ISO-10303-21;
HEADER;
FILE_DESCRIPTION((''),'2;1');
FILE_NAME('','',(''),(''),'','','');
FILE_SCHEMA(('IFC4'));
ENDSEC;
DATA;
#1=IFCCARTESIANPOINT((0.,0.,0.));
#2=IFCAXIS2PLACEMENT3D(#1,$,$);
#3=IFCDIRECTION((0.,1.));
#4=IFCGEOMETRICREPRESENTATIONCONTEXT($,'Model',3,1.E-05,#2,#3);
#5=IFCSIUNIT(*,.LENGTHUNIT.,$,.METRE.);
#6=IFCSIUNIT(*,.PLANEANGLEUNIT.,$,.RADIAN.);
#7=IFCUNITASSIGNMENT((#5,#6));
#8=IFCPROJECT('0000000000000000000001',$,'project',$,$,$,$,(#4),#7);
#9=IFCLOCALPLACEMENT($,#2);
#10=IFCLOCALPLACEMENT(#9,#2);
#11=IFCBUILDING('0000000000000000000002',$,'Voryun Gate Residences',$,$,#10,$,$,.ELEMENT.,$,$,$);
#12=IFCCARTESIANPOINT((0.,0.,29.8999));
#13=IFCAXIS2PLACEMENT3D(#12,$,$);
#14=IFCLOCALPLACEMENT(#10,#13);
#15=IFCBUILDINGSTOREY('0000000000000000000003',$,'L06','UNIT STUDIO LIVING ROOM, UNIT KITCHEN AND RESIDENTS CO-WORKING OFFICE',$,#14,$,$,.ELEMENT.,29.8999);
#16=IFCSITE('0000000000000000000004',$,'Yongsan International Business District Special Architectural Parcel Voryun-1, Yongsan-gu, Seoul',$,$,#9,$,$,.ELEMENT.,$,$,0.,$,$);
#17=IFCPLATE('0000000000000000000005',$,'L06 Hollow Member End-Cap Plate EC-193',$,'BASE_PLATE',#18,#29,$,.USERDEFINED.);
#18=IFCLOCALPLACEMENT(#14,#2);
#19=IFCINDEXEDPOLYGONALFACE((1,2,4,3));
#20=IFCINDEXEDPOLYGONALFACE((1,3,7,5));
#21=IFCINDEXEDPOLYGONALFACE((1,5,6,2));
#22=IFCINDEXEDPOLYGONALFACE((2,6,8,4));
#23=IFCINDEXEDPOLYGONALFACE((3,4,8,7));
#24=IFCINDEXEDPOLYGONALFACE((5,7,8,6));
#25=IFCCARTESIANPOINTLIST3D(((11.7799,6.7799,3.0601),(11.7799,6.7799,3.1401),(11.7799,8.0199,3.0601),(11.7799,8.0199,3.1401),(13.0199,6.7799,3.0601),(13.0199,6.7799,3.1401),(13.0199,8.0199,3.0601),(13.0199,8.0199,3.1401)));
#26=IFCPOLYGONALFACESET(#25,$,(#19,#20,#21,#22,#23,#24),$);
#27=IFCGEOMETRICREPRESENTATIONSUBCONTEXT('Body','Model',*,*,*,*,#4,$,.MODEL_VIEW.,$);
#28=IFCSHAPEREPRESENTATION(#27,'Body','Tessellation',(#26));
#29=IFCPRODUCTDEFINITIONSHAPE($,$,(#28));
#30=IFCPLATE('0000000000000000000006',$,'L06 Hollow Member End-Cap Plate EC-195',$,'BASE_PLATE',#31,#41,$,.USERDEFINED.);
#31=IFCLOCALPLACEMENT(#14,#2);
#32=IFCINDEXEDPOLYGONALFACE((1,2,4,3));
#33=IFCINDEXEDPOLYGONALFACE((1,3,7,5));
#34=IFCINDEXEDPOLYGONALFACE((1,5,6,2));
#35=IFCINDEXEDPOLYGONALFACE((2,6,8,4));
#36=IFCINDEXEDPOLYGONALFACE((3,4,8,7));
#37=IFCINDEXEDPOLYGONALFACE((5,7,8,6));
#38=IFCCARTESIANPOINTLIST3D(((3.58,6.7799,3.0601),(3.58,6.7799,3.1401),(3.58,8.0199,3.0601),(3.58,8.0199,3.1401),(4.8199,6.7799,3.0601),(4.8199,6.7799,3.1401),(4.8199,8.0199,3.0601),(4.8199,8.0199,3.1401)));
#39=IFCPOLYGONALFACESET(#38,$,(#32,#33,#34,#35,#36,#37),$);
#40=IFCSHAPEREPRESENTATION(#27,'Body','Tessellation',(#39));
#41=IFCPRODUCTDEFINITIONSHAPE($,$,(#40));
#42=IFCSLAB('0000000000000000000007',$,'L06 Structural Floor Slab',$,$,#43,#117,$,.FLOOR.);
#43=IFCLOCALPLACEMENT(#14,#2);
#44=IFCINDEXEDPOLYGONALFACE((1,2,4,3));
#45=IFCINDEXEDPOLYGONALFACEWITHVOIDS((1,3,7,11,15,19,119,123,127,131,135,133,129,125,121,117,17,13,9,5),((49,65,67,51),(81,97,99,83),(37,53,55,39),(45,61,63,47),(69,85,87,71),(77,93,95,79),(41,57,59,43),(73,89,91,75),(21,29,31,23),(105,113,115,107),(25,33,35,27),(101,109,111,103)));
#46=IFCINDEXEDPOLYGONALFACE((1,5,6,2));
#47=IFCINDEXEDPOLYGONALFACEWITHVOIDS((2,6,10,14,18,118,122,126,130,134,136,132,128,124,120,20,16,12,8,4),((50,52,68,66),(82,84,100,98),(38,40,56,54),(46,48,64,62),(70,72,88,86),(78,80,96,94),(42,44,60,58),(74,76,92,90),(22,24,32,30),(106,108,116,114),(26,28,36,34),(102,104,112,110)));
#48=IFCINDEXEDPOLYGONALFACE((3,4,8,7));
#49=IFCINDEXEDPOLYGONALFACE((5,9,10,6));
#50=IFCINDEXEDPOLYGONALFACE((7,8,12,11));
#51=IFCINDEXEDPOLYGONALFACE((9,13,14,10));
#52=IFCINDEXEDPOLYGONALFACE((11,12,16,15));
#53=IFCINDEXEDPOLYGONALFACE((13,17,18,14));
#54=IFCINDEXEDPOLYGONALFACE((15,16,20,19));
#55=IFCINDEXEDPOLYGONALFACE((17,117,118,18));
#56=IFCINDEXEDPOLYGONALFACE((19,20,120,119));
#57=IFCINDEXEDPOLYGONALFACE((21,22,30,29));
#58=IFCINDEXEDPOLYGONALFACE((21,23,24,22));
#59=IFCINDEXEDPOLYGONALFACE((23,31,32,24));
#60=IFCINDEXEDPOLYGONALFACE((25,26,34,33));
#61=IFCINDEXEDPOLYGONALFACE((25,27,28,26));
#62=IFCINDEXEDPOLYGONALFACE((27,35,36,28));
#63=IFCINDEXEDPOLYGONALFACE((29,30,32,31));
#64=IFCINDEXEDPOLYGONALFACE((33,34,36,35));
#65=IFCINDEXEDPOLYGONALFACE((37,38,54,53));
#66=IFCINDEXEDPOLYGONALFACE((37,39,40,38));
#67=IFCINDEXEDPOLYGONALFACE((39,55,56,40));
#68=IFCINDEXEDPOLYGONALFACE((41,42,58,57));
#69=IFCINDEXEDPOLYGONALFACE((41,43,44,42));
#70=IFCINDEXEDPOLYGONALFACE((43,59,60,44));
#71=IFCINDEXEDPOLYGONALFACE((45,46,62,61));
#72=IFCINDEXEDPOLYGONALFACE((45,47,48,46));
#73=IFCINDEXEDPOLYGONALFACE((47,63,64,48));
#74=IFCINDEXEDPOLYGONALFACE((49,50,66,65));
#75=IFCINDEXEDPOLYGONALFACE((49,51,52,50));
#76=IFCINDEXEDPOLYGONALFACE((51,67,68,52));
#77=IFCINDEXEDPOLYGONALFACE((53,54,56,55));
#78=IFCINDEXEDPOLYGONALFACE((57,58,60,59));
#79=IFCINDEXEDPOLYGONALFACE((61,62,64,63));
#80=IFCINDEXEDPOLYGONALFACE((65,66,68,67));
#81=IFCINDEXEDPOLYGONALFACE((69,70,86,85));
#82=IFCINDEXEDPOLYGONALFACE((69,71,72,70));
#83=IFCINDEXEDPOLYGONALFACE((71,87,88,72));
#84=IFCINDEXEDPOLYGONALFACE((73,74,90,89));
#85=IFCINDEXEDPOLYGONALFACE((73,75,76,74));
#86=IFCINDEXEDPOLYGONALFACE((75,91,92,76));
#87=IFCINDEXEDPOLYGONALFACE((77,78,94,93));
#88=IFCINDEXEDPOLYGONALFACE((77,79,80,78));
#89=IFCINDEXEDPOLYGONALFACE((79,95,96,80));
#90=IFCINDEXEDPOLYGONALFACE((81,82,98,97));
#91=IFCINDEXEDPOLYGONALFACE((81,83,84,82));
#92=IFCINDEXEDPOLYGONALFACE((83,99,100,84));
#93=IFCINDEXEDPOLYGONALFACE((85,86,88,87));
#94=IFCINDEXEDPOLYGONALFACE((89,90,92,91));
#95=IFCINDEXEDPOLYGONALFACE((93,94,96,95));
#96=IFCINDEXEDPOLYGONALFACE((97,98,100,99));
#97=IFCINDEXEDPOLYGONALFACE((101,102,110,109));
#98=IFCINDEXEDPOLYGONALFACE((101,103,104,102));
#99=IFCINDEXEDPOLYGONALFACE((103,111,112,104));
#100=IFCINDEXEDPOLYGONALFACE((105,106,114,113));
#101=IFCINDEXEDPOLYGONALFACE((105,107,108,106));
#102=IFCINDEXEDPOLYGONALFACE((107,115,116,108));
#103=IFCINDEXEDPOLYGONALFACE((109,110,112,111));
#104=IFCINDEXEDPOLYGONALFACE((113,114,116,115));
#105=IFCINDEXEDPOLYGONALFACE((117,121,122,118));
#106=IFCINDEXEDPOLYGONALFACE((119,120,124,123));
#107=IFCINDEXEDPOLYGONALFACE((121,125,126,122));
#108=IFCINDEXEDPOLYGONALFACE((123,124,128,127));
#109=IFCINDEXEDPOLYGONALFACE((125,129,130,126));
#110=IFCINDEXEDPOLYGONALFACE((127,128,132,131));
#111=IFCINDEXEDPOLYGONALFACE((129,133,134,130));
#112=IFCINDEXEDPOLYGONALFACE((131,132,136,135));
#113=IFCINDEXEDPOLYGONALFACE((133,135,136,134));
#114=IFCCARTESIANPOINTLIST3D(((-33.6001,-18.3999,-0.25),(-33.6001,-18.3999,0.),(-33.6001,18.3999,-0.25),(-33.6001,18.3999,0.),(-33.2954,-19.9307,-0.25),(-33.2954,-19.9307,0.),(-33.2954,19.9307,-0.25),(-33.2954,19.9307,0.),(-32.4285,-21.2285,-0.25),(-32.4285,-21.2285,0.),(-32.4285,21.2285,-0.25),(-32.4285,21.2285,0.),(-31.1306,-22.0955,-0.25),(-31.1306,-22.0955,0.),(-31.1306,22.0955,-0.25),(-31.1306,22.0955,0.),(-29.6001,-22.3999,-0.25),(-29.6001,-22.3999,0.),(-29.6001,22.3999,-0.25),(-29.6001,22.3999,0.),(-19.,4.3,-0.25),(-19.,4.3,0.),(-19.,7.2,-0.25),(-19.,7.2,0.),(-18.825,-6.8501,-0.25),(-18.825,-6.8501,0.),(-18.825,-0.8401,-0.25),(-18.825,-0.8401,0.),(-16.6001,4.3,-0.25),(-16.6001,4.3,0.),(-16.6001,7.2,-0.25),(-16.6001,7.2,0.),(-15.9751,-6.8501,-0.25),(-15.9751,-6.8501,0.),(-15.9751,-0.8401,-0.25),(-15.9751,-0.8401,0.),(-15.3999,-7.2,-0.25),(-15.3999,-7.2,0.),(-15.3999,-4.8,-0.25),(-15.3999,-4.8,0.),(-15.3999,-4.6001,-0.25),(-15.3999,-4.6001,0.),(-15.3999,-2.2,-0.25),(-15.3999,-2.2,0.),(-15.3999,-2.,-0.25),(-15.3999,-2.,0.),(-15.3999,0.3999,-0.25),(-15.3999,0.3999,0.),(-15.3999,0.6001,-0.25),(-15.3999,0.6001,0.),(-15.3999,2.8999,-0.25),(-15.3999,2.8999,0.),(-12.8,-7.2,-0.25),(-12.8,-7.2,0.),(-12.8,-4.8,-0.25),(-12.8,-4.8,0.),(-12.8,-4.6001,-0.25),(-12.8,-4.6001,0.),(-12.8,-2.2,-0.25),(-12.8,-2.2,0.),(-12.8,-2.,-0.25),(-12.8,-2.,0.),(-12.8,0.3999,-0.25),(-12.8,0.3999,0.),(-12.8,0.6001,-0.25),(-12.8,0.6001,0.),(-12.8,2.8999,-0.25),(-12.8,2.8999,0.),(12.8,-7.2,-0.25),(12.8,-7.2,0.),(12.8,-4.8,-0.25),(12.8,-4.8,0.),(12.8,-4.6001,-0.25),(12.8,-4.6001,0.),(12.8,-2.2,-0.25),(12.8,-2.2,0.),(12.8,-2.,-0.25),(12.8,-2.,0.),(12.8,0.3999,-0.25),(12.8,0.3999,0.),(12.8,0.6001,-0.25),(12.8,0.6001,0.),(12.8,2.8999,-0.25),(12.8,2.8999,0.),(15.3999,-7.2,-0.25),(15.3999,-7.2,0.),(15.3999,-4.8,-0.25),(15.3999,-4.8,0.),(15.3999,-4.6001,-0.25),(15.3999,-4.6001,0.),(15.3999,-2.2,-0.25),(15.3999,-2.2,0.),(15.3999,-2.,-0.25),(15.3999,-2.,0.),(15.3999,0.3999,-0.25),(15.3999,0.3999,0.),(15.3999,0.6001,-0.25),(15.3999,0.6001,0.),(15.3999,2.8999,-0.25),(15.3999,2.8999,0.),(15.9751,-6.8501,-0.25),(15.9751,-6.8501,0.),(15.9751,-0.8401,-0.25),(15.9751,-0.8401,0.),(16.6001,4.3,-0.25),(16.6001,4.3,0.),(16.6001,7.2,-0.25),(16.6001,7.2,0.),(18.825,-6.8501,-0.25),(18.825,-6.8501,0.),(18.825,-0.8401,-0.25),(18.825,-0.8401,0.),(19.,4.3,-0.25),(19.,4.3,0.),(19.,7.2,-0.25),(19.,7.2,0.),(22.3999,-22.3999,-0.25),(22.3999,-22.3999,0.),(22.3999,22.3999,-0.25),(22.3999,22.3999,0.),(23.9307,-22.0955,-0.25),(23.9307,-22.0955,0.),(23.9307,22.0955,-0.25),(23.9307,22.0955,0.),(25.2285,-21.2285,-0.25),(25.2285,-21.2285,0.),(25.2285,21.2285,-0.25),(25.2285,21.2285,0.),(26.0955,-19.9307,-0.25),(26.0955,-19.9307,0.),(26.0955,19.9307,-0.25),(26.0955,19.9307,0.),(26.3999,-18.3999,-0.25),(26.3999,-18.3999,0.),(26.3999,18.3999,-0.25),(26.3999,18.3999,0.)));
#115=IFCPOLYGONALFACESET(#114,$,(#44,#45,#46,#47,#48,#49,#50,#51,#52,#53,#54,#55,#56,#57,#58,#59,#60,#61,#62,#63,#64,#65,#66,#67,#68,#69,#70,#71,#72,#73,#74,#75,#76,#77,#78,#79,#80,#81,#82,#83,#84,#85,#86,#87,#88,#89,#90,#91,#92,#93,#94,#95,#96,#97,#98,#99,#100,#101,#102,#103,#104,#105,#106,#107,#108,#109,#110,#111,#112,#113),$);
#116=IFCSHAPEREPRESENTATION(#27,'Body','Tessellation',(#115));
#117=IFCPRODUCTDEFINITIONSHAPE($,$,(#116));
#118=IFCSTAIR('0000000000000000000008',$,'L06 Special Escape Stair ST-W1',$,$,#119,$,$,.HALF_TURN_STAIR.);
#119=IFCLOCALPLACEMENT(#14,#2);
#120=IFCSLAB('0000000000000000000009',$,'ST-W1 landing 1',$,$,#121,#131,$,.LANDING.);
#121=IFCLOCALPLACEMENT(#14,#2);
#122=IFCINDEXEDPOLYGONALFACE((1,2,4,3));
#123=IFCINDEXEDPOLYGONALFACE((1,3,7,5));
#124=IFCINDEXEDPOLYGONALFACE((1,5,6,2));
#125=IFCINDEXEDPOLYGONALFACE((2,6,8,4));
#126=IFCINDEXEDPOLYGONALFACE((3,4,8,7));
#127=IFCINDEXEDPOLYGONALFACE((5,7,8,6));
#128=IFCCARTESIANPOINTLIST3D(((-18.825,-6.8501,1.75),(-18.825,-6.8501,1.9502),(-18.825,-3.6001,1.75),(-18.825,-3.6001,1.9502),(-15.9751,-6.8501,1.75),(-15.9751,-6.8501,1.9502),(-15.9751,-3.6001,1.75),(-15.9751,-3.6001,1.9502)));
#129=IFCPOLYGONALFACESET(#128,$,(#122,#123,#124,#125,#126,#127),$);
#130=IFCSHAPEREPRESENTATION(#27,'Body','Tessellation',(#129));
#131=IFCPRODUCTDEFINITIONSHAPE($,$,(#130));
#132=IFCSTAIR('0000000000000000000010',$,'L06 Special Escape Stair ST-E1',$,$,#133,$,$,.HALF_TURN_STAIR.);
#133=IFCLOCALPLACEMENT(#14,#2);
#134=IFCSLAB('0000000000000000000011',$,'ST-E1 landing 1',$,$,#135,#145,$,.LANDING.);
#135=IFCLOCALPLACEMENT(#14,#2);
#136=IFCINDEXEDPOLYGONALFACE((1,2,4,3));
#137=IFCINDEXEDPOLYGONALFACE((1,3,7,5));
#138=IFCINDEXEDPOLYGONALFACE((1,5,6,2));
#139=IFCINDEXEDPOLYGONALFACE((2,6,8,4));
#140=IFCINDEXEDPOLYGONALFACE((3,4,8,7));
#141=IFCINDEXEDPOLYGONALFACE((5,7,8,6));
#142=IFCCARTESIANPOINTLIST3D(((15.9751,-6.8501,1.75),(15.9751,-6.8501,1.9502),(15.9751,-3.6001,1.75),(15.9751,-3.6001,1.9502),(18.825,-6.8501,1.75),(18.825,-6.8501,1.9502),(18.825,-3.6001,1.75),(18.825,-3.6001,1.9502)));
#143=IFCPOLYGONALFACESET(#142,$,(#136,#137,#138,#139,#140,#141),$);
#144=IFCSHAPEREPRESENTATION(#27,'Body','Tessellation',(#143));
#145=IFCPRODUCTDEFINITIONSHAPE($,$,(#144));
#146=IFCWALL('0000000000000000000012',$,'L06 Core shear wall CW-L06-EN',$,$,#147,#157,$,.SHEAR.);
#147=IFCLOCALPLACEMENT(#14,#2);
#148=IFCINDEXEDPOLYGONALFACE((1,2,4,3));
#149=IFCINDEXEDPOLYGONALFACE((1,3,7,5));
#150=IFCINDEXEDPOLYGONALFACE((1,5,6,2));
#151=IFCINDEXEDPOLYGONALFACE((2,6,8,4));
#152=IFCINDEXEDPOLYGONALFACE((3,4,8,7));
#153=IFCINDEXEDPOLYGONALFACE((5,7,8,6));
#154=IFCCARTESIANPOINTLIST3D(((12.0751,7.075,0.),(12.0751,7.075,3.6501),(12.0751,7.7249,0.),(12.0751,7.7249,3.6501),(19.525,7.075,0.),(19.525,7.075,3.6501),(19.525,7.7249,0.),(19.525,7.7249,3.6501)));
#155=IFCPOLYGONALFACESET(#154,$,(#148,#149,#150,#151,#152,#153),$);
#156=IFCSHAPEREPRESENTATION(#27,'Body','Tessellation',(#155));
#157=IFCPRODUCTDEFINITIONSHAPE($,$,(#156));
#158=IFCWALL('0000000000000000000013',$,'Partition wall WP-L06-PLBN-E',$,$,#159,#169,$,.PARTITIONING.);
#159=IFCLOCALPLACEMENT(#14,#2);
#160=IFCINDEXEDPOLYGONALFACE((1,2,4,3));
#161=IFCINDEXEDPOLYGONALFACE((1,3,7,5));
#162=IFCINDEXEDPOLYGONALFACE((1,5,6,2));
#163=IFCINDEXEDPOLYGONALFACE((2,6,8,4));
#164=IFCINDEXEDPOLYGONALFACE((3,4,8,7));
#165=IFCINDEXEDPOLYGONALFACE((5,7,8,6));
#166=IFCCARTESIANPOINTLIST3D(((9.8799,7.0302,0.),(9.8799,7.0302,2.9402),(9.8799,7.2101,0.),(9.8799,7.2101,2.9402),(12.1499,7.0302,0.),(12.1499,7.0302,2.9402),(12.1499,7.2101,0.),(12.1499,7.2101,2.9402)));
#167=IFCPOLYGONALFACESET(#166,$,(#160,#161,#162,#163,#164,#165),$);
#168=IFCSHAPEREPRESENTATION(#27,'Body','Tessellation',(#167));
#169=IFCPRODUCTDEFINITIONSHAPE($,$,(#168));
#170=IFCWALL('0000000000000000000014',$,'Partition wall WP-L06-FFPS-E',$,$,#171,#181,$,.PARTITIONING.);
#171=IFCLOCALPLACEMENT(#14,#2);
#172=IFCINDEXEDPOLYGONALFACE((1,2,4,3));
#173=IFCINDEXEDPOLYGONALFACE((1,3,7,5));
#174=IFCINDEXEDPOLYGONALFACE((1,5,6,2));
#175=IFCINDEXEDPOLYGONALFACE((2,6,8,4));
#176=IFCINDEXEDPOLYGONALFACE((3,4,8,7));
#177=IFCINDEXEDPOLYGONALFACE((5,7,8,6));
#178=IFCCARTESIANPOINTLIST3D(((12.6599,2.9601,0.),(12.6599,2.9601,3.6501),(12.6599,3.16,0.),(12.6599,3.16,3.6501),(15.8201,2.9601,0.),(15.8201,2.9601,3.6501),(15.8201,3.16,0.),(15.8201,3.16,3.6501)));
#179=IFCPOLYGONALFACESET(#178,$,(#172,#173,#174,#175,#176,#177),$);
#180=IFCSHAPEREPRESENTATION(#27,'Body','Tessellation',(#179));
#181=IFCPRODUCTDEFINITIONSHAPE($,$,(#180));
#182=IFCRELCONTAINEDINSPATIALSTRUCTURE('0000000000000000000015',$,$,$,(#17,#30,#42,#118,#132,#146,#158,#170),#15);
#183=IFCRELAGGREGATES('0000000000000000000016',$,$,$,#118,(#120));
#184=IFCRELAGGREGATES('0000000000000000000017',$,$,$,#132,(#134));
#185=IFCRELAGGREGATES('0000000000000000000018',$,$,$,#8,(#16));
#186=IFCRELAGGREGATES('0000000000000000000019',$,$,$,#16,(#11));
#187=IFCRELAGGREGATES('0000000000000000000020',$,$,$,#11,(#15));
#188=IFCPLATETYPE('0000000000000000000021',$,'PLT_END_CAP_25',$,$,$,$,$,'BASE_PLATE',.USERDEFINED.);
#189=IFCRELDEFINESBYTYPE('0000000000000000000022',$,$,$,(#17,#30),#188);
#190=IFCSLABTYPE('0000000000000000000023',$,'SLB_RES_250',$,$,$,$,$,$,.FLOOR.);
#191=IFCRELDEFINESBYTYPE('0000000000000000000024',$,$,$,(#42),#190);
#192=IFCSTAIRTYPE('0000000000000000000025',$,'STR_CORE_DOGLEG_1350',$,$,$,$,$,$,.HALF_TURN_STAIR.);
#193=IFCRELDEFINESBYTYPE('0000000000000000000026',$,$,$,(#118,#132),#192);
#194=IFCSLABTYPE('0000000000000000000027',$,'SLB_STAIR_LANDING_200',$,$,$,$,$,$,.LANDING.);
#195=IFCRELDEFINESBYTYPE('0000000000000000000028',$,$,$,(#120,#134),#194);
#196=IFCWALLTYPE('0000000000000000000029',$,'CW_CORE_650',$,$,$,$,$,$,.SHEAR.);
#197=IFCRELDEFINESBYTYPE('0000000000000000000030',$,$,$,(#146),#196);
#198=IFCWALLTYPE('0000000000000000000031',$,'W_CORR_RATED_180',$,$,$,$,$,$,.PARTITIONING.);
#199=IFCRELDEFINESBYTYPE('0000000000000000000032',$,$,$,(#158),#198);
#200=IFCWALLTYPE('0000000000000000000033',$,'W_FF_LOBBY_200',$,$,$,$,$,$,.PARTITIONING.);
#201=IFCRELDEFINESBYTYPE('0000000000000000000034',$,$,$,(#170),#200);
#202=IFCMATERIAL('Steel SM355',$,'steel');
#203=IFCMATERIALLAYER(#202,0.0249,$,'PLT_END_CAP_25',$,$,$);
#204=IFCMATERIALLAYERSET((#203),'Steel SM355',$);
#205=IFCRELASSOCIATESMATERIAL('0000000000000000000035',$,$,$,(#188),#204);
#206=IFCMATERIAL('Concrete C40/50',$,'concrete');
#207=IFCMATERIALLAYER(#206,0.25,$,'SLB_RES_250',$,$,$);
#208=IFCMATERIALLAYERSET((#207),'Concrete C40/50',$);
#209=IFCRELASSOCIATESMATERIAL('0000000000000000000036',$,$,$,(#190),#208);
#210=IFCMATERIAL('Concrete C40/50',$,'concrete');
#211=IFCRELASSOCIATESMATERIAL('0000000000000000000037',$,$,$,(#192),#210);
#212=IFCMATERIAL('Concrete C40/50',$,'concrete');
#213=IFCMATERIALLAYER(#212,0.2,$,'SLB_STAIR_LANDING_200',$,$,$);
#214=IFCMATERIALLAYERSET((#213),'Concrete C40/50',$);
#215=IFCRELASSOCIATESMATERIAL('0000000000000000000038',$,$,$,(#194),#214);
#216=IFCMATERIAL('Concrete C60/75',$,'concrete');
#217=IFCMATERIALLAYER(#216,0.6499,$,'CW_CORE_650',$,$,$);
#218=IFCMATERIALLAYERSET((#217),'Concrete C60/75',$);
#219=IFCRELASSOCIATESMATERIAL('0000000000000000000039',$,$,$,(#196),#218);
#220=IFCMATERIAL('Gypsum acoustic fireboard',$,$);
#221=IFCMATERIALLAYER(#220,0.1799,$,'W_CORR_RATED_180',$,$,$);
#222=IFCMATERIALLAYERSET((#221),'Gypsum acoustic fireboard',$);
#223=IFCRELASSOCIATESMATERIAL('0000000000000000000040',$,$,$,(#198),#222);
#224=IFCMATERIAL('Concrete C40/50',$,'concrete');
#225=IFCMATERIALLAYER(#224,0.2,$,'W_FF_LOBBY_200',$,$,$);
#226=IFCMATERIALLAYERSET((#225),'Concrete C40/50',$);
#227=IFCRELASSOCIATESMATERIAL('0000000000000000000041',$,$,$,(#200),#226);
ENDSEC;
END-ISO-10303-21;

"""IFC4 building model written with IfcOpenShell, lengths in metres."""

from ifc_helpers import new_model, si_unit, direction, frame, frame_2d, origin, origin_2d, place, context, subcontext, project, spatial, polyline, rectangle, outline, extrude, material, layer, layer_set, type_object, element, aggregate, save


model = new_model("IFC4")

# Units and contexts
model_context = context("Model", 3, precision=1e-05, world=origin(), true_north=direction((0.0, 1.0)))
body_context = subcontext(model_context, "Body", "Model", "MODEL_VIEW")
ifc_project = project(units=[si_unit("LENGTHUNIT", "METRE"), si_unit("PLANEANGLEUNIT", "RADIAN")], contexts=[model_context])

# Site, building, storey
site_placement = place(None, origin())
site = spatial("IfcSite", under=ifc_project, at=site_placement, Name="Yongsan International Business District Special Architectural Parcel Voryun-1, Yongsan-gu, Seoul", CompositionType="ELEMENT", RefElevation=0.0)
building_placement = place(site_placement, origin())
building = spatial("IfcBuilding", under=site, at=building_placement, Name="Voryun Gate Residences", CompositionType="ELEMENT")
storey_placement = place(building_placement, frame((0.0, 0.0, 29.8999)))
storey = spatial("IfcBuildingStorey", under=building, at=storey_placement, Name="L06", Description="UNIT STUDIO LIVING ROOM, UNIT KITCHEN AND RESIDENTS CO-WORKING OFFICE", CompositionType="ELEMENT", Elevation=29.8999)

# Plates
ifc_material_1 = material(Name="Steel SM355", Category="steel")
ifc_layer_1 = layer(ifc_material_1, 0.0249, Name="PLT_END_CAP_25")
ifc_layer_set_1 = layer_set([ifc_layer_1], Name="Steel SM355")
plate_type = type_object("IfcPlateType", Name="PLT_END_CAP_25", ElementType="BASE_PLATE", PredefinedType="USERDEFINED", material=ifc_layer_set_1)
for number, where, z_axis, x_axis, name in (
    (1, (12.3999, 7.3999, 3.0601), (0.0, 0.0, 1.0), (1.0, 0.0, 0.0), "L06 Hollow Member End-Cap Plate EC-193"),
    (2, (4.2, 7.3999, 3.0601), (0.0, 0.0, 1.0), (1.0, 0.0, 0.0), "L06 Hollow Member End-Cap Plate EC-195"),
):
    element("IfcPlate", number, at=place(storey_placement, frame(where, z_axis=z_axis, x_axis=x_axis)), inside=storey, type_object=plate_type, Name=name, ObjectType="BASE_PLATE", PredefinedType="USERDEFINED", context=body_context, shape_type="SweptSolid", body=[
        extrude(rectangle(XDim=1.24, YDim=1.24, at=origin_2d()), origin(), (0.0, 0.0, 1.0), 0.0801),
    ])

# Slab
ifc_material_2 = material(Name="Concrete C40/50", Category="concrete")
ifc_layer_2 = layer(ifc_material_2, 0.25, Name="SLB_RES_250")
ifc_layer_set_2 = layer_set([ifc_layer_2], Name="Concrete C40/50")
slab_type_1 = type_object("IfcSlabType", Name="SLB_RES_250", PredefinedType="FLOOR", material=ifc_layer_set_2)
slab_1_placement = place(storey_placement, frame((0.0, 0.0, -0.25)))
element("IfcSlab", 3, at=slab_1_placement, inside=storey, type_object=slab_type_1, Name="L06 Structural Floor Slab", PredefinedType="FLOOR", context=body_context, shape_type="SweptSolid", body=[
    extrude(outline(polyline([(-29.6001, -22.3999), (-31.1306, -22.0955), (-32.4285, -21.2285), (-33.2954, -19.9307), (-33.6001, -18.3999), (-33.6001, 18.3999), (-33.2954, 19.9307), (-32.4285, 21.2285), (-31.1306, 22.0955), (-29.6001, 22.3999), (22.3999, 22.3999), (23.9307, 22.0955), (25.2285, 21.2285), (26.0955, 19.9307), (26.3999, 18.3999), (26.3999, -18.3999), (26.0955, -19.9307), (25.2285, -21.2285), (23.9307, -22.0955), (22.3999, -22.3999), (-29.6001, -22.3999)]), holes=[polyline([(-12.8, -4.8), (-15.3999, -4.8), (-15.3999, -7.2), (-12.8, -7.2), (-12.8, -4.8)]), polyline([(-18.825, -6.8501), (-15.9751, -6.8501), (-15.9751, -0.8401), (-18.825, -0.8401), (-18.825, -6.8501)]), polyline([(-12.8, -4.6001), (-12.8, -2.2), (-15.3999, -2.2), (-15.3999, -4.6001), (-12.8, -4.6001)]), polyline([(-12.8, 0.3999), (-15.3999, 0.3999), (-15.3999, -2.0), (-12.8, -2.0), (-12.8, 0.3999)]), polyline([(-12.8, 0.6001), (-12.8, 2.8999), (-15.3999, 2.8999), (-15.3999, 0.6001), (-12.8, 0.6001)]), polyline([(-16.6001, 4.3), (-16.6001, 7.2), (-19.0, 7.2), (-19.0, 4.3), (-16.6001, 4.3)]), polyline([(15.3999, -4.8), (12.8, -4.8), (12.8, -7.2), (15.3999, -7.2), (15.3999, -4.8)]), polyline([(15.9751, -6.8501), (18.825, -6.8501), (18.825, -0.8401), (15.9751, -0.8401), (15.9751, -6.8501)]), polyline([(15.3999, -4.6001), (15.3999, -2.2), (12.8, -2.2), (12.8, -4.6001), (15.3999, -4.6001)]), polyline([(15.3999, 0.3999), (12.8, 0.3999), (12.8, -2.0), (15.3999, -2.0), (15.3999, 0.3999)]), polyline([(15.3999, 0.6001), (15.3999, 2.8999), (12.8, 2.8999), (12.8, 0.6001), (15.3999, 0.6001)]), polyline([(19.0, 4.3), (19.0, 7.2), (16.6001, 7.2), (16.6001, 4.3), (19.0, 4.3)])]), origin(), (0.0, 0.0, 1.0), 0.25),
])

# Stairs, slabs
ifc_material_3 = material(Name="Concrete C40/50", Category="concrete")
stair_type = type_object("IfcStairType", Name="STR_CORE_DOGLEG_1350", PredefinedType="HALF_TURN_STAIR", material=ifc_material_3)
stair_1_placement = place(storey_placement, origin())
stair_1 = element("IfcStair", 4, at=stair_1_placement, inside=storey, type_object=stair_type, Name="L06 Special Escape Stair ST-W1", PredefinedType="HALF_TURN_STAIR")
ifc_material_4 = material(Name="Concrete C40/50", Category="concrete")
ifc_layer_3 = layer(ifc_material_4, 0.2, Name="SLB_STAIR_LANDING_200")
ifc_layer_set_3 = layer_set([ifc_layer_3], Name="Concrete C40/50")
slab_type_2 = type_object("IfcSlabType", Name="SLB_STAIR_LANDING_200", PredefinedType="LANDING", material=ifc_layer_set_3)
slab_2_placement = place(storey_placement, frame((0.0, 0.0, 1.75)))
slab_2 = element("IfcSlab", 5, at=slab_2_placement, type_object=slab_type_2, Name="ST-W1 landing 1", PredefinedType="LANDING", context=body_context, shape_type="SweptSolid", body=[
    extrude(outline(polyline([(-18.825, -3.6001), (-18.825, -6.8501), (-15.9751, -6.8501), (-15.9751, -3.6001), (-18.825, -3.6001)])), origin(), (0.0, 0.0, 1.0), 0.2002),
])
aggregate(stair_1, [slab_2])
stair_2_placement = place(storey_placement, origin())
stair_2 = element("IfcStair", 6, at=stair_2_placement, inside=storey, type_object=stair_type, Name="L06 Special Escape Stair ST-E1", PredefinedType="HALF_TURN_STAIR")
slab_3_placement = place(storey_placement, frame((0.0, 0.0, 1.75)))
slab_3 = element("IfcSlab", 7, at=slab_3_placement, type_object=slab_type_2, Name="ST-E1 landing 1", PredefinedType="LANDING", context=body_context, shape_type="SweptSolid", body=[
    extrude(outline(polyline([(15.9751, -3.6001), (15.9751, -6.8501), (18.825, -6.8501), (18.825, -3.6001), (15.9751, -3.6001)])), origin(), (0.0, 0.0, 1.0), 0.2002),
])
aggregate(stair_2, [slab_3])

# Walls
ifc_material_5 = material(Name="Concrete C60/75", Category="concrete")
ifc_layer_4 = layer(ifc_material_5, 0.6499, Name="CW_CORE_650")
ifc_layer_set_4 = layer_set([ifc_layer_4], Name="Concrete C60/75")
wall_type_1 = type_object("IfcWallType", Name="CW_CORE_650", PredefinedType="SHEAR", material=ifc_layer_set_4)
wall_1_placement = place(storey_placement, frame((12.075, 7.3999, 0.0), z_axis=(0.0, 0.0, 1.0), x_axis=(1.0, 0.0, 0.0)))
element("IfcWall", 8, at=wall_1_placement, inside=storey, type_object=wall_type_1, Name="L06 Core shear wall CW-L06-EN", PredefinedType="SHEAR", context=body_context, shape_type="SweptSolid", body=[
    extrude(rectangle(XDim=7.45, YDim=0.6499, at=frame_2d((3.7251, 0.0))), origin(), (0.0, 0.0, 1.0), 3.6501),
])
ifc_material_6 = material(Name="Gypsum acoustic fireboard")
ifc_layer_5 = layer(ifc_material_6, 0.1799, Name="W_CORR_RATED_180")
ifc_layer_set_5 = layer_set([ifc_layer_5], Name="Gypsum acoustic fireboard")
wall_type_2 = type_object("IfcWallType", Name="W_CORR_RATED_180", PredefinedType="PARTITIONING", material=ifc_layer_set_5)
wall_2_placement = place(storey_placement, frame((9.8799, 7.1201, 0.0), z_axis=(0.0, 0.0, 1.0), x_axis=(1.0, 0.0, 0.0)))
element("IfcWall", 9, at=wall_2_placement, inside=storey, type_object=wall_type_2, Name="Partition wall WP-L06-PLBN-E", PredefinedType="PARTITIONING", context=body_context, shape_type="SweptSolid", body=[
    extrude(rectangle(XDim=2.27, YDim=0.1799, at=frame_2d((1.135, 0.0))), origin(), (0.0, 0.0, 1.0), 2.9402),
])
ifc_material_7 = material(Name="Concrete C40/50", Category="concrete")
ifc_layer_6 = layer(ifc_material_7, 0.2, Name="W_FF_LOBBY_200")
ifc_layer_set_6 = layer_set([ifc_layer_6], Name="Concrete C40/50")
wall_type_3 = type_object("IfcWallType", Name="W_FF_LOBBY_200", PredefinedType="PARTITIONING", material=ifc_layer_set_6)
wall_3_placement = place(storey_placement, frame((12.6599, 3.0601, 0.0), z_axis=(0.0, 0.0, 1.0), x_axis=(1.0, 0.0, 0.0)))
element("IfcWall", 10, at=wall_3_placement, inside=storey, type_object=wall_type_3, Name="Partition wall WP-L06-FFPS-E", PredefinedType="PARTITIONING", context=body_context, shape_type="SweptSolid", body=[
    extrude(rectangle(XDim=3.1602, YDim=0.2, at=frame_2d((1.5801, 0.0))), origin(), (0.0, 0.0, 1.0), 3.6501),
])

save(model, "model.ifc")
